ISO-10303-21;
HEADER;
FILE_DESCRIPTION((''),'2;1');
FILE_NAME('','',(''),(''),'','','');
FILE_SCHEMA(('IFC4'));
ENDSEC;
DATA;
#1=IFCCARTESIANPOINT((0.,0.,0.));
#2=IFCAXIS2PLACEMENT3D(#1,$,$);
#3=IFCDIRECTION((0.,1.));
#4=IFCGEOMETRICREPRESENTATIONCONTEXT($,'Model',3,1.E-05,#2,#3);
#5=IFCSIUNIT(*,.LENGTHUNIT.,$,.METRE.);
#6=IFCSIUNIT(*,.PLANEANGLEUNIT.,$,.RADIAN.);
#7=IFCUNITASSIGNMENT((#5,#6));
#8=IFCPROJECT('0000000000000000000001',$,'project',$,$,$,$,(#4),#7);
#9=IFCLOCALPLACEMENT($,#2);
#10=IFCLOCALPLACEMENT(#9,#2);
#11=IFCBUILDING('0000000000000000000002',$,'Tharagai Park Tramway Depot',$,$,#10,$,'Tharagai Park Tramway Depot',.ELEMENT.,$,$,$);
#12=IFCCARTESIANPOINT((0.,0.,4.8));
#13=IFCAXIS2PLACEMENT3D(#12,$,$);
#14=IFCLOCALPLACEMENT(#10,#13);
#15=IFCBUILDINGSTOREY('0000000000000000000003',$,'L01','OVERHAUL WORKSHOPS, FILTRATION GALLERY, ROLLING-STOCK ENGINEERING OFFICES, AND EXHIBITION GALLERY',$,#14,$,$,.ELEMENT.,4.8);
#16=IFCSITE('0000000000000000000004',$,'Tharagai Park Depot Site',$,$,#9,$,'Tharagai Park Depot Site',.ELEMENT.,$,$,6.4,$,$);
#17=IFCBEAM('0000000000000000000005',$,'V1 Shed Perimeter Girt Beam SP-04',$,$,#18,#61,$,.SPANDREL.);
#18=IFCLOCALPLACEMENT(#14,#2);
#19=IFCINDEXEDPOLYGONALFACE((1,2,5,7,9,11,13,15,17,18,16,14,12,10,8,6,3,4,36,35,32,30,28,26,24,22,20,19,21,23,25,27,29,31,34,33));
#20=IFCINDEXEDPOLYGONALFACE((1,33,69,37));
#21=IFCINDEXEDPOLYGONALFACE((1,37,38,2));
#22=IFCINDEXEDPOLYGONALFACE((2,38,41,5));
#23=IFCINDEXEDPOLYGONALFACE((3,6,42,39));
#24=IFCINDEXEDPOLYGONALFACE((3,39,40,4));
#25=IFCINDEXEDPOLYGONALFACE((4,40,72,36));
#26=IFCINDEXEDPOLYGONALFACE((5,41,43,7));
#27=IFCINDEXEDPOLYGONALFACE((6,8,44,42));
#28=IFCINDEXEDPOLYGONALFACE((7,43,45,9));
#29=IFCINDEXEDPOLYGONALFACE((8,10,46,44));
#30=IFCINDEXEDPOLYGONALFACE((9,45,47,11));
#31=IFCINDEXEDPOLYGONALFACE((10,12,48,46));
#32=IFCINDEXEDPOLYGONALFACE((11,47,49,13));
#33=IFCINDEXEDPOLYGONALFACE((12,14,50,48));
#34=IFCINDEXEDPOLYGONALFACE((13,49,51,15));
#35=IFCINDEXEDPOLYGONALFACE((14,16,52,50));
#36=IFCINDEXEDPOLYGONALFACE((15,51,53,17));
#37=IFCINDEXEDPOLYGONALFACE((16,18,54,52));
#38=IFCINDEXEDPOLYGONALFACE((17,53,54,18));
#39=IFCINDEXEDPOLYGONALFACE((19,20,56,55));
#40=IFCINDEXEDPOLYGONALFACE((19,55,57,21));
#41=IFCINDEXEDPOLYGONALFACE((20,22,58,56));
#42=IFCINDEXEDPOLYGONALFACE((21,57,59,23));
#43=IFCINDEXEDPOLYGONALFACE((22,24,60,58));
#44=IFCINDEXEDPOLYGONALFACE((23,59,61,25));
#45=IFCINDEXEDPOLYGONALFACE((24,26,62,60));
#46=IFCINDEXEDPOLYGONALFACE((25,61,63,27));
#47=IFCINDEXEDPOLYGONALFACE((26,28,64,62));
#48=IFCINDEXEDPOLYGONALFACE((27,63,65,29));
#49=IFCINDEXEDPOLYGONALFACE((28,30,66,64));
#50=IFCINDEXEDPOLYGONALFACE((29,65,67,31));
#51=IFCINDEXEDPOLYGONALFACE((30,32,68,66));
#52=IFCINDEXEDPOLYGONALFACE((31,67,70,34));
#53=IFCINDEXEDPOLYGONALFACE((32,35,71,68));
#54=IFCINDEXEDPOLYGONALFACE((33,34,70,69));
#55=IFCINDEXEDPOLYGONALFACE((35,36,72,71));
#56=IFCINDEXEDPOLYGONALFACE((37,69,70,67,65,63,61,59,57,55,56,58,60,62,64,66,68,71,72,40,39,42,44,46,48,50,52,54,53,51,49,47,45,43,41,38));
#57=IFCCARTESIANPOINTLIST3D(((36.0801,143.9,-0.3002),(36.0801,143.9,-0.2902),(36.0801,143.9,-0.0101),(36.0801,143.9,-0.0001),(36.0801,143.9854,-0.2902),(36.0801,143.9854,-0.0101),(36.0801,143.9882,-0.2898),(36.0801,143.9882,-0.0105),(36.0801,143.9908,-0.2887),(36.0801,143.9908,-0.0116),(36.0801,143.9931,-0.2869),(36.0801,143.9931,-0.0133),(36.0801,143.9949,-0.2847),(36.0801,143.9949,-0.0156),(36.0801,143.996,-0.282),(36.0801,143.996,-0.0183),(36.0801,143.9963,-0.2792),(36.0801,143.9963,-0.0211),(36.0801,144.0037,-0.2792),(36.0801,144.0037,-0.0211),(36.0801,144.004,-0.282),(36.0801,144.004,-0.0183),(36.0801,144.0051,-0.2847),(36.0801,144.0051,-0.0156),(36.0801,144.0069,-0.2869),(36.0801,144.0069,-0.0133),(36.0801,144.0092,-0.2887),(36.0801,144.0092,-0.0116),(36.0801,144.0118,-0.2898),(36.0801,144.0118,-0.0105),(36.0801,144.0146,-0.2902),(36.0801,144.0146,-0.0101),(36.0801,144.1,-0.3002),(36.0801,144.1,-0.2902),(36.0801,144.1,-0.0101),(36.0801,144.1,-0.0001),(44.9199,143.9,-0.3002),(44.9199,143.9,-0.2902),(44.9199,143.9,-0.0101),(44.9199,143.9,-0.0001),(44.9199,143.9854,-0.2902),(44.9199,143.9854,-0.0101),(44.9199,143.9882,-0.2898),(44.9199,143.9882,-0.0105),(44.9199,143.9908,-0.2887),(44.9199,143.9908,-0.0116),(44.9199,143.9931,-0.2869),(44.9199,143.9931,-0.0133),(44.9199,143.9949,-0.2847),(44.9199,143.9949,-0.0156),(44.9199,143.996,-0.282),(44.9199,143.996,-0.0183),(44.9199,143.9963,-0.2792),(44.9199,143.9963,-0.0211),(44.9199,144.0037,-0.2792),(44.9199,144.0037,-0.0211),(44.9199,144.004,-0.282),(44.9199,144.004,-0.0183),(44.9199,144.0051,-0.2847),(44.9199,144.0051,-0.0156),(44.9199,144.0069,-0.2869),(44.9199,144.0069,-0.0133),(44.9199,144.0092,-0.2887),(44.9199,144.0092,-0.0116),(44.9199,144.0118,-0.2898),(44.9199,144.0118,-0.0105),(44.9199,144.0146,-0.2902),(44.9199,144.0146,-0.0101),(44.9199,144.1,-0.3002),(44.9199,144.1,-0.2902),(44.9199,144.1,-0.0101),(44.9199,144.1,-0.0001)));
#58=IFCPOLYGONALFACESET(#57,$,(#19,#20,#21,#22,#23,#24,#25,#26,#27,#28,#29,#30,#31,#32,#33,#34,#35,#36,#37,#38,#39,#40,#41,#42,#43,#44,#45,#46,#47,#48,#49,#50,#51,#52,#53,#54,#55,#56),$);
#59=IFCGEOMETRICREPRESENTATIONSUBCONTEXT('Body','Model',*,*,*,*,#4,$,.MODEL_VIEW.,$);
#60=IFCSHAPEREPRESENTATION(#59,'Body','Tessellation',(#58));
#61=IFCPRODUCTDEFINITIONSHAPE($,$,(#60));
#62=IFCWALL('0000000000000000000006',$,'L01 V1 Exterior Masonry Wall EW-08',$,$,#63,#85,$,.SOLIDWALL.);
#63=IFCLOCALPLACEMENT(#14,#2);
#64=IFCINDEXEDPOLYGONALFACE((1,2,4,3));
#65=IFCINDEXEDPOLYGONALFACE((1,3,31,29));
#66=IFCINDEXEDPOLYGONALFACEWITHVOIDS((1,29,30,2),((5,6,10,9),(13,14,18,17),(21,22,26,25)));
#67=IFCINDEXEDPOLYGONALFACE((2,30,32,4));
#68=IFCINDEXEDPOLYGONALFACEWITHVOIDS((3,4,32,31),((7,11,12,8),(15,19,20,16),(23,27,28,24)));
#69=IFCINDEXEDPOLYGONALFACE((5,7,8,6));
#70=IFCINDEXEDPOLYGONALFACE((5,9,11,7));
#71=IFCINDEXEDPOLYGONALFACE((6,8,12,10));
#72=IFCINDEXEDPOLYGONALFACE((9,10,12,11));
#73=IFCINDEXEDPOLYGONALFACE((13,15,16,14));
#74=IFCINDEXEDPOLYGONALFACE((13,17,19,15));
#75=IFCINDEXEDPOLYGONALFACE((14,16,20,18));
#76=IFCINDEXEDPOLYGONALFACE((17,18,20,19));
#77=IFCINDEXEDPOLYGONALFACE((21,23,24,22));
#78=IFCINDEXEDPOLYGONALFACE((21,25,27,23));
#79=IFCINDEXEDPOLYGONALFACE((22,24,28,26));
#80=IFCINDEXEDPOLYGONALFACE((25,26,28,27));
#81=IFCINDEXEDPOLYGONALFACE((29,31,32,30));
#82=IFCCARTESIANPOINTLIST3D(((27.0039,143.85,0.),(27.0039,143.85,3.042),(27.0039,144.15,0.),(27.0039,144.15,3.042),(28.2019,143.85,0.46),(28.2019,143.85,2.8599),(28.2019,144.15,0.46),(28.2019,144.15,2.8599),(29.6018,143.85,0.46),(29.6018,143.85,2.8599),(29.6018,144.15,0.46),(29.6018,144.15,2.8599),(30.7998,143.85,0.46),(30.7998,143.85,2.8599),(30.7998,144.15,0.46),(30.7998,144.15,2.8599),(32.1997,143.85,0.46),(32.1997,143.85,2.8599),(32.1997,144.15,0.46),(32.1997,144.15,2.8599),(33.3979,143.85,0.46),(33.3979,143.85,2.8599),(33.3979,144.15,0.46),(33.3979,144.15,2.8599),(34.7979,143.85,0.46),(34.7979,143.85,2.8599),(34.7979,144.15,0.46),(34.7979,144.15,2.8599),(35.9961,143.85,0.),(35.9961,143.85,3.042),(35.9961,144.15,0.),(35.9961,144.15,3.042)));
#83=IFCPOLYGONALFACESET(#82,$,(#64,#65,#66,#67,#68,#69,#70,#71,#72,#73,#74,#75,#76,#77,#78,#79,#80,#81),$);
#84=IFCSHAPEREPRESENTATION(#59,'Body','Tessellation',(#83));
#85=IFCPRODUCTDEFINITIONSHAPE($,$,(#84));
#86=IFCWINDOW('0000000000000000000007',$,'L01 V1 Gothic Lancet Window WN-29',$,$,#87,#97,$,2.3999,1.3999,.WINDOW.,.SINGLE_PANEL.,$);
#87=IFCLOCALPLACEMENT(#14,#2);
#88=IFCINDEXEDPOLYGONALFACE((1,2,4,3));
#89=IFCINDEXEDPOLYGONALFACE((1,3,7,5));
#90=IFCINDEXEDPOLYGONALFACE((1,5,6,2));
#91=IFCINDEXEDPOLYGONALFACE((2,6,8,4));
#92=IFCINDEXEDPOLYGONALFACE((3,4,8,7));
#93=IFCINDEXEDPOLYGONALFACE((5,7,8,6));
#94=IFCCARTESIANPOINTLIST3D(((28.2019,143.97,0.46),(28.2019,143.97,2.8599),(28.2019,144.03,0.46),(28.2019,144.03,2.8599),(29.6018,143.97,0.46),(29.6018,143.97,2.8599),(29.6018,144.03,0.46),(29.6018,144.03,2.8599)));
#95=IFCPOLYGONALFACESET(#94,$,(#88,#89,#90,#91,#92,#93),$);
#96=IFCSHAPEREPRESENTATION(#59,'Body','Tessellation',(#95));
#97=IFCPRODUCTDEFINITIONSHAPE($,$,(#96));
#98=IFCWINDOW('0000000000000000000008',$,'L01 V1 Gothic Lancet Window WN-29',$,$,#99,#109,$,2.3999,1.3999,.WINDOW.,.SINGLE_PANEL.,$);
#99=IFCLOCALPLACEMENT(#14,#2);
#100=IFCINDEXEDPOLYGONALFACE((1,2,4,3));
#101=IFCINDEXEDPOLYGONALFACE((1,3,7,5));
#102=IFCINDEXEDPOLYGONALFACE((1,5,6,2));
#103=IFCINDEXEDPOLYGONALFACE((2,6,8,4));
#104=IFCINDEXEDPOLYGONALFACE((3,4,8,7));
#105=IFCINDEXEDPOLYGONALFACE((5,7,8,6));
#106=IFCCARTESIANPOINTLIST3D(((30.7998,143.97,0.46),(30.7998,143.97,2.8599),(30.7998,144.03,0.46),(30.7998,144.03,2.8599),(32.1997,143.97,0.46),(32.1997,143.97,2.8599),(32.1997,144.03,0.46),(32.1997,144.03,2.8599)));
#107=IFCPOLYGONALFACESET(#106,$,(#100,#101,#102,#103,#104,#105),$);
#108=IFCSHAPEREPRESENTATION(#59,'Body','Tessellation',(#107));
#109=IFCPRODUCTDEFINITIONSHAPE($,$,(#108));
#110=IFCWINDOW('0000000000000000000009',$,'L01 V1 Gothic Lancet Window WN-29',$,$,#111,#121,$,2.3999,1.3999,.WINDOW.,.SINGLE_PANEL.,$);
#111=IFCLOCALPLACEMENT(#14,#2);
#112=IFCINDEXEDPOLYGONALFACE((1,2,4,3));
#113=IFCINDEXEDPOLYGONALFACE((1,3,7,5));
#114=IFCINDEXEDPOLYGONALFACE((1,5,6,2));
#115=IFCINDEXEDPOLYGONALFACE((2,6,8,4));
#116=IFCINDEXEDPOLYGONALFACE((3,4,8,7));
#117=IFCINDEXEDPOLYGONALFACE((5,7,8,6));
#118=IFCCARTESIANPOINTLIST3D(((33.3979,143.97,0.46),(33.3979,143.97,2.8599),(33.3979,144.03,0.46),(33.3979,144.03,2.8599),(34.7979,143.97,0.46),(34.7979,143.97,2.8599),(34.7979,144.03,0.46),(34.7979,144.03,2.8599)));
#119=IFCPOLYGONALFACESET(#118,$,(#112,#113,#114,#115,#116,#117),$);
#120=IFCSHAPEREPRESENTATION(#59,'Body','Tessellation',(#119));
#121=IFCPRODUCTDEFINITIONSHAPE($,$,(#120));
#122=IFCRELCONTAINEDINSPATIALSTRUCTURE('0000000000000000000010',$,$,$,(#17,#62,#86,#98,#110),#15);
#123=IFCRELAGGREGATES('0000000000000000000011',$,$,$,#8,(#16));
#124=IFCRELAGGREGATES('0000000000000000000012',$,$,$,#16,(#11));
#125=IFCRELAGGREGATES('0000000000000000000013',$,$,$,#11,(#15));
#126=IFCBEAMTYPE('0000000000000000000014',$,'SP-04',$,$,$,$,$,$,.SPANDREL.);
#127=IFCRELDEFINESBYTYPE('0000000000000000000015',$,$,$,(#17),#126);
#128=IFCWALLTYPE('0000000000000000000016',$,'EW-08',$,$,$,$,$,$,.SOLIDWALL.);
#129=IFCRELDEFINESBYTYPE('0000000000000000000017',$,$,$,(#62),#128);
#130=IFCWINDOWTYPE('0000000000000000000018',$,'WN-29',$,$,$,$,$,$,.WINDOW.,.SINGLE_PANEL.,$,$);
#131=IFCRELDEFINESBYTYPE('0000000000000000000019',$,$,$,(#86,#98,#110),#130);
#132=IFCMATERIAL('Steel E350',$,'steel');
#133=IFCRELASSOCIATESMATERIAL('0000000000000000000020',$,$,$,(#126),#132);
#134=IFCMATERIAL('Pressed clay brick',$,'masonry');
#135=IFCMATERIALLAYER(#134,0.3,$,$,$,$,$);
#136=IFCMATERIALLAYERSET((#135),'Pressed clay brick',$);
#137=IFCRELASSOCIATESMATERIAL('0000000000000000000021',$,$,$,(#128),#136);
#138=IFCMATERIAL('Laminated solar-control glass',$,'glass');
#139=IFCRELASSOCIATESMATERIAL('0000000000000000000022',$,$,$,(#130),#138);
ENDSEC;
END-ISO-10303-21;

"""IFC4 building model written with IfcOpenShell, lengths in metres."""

from ifc_helpers import new_model, si_unit, direction, frame, frame_2d, origin, origin_2d, place, context, subcontext, project, spatial, rectangle, i_section, extrude, material, layer, layer_set, material_profile, profile_set, type_object, element, fill, save


model = new_model("IFC4")

# Units and contexts
model_context = context("Model", 3, precision=1e-05, world=origin(), true_north=direction((0.0, 1.0)))
body_context = subcontext(model_context, "Body", "Model", "MODEL_VIEW")
ifc_project = project(units=[si_unit("LENGTHUNIT", "METRE"), si_unit("PLANEANGLEUNIT", "RADIAN")], contexts=[model_context])

# Site, building, storey
site_placement = place(None, origin())
site = spatial("IfcSite", under=ifc_project, at=site_placement, Name="Tharagai Park Depot Site", LongName="Tharagai Park Depot Site", CompositionType="ELEMENT", RefElevation=6.4)
building_placement = place(site_placement, origin())
building = spatial("IfcBuilding", under=site, at=building_placement, Name="Tharagai Park Tramway Depot", LongName="Tharagai Park Tramway Depot", CompositionType="ELEMENT")
storey_placement = place(building_placement, frame((0.0, 0.0, 4.8)))
storey = spatial("IfcBuildingStorey", under=building, at=storey_placement, Name="L01", Description="OVERHAUL WORKSHOPS, FILTRATION GALLERY, ROLLING-STOCK ENGINEERING OFFICES, AND EXHIBITION GALLERY", CompositionType="ELEMENT", Elevation=4.8)

# Shared definitions
ifc_material_1 = material(Name="Steel E350", Category="steel")

# Beam
ifc_material_profile_1 = material_profile(ifc_material_1, i_section(OverallWidth=0.2, OverallDepth=0.3, WebThickness=0.0073, FlangeThickness=0.01, FilletRadius=0.011, at=origin_2d()), Name="ISWB 300")
ifc_profile_set_1 = profile_set([ifc_material_profile_1], Name="Steel E350")
beam_type = type_object("IfcBeamType", Name="SP-04", PredefinedType="SPANDREL", material=ifc_profile_set_1)
for number, where, z_axis, x_axis, name in (
    (1, (36.0801, 144.0, -0.1501), (1.0, 0.0, 0.0), (0.0, 1.0, 0.0), "V1 Shed Perimeter Girt Beam SP-04"),
):
    element("IfcBeam", number, at=place(storey_placement, frame(where, z_axis=z_axis, x_axis=x_axis)), inside=storey, type_object=beam_type, Name=name, PredefinedType="SPANDREL", context=body_context, shape_type="SweptSolid", body=[
        extrude(i_section(OverallWidth=0.2, OverallDepth=0.3, WebThickness=0.0073, FlangeThickness=0.01, FilletRadius=0.011, at=origin_2d()), origin(), (0.0, 0.0, 1.0), 8.8398),
    ])

# Wall, openings, windows
ifc_material_2 = material(Name="Pressed clay brick", Category="masonry")
ifc_layer_1 = layer(ifc_material_2, 0.3)
ifc_layer_set_1 = layer_set([ifc_layer_1], Name="Pressed clay brick")
wall_type = type_object("IfcWallType", Name="EW-08", PredefinedType="SOLIDWALL", material=ifc_layer_set_1)
wall_1_placement = place(storey_placement, frame((27.0039, 144.0, 0.0), z_axis=(0.0, 0.0, 1.0), x_axis=(1.0, 0.0, 0.0)))
wall_1 = element("IfcWall", 2, at=wall_1_placement, inside=storey, type_object=wall_type, Name="L01 V1 Exterior Masonry Wall EW-08", PredefinedType="SOLIDWALL", context=body_context, shape_type="SweptSolid", body=[
    extrude(rectangle(XDim=8.9922, YDim=0.3, at=frame_2d((4.4961, 0.0))), origin(), (0.0, 0.0, 1.0), 3.042),
])
opening_1_placement = place(wall_1_placement, frame((1.198, 0.0, 0.46)))
opening_1 = element("IfcOpeningElement", 3, at=opening_1_placement, cuts=wall_1, PredefinedType="OPENING", context=body_context, shape_type="SweptSolid", body=[
    extrude(rectangle(XDim=1.3999, YDim=2.3999, at=frame_2d((0.7, 1.2))), frame((0.0, 0.1599, 0.0), z_axis=(0.0, -1.0, 0.0), x_axis=(1.0, 0.0, 0.0)), (0.0, 0.0, 1.0), 0.3201),
])
opening_2_placement = place(wall_1_placement, frame((3.7959, 0.0, 0.46)))
opening_2 = element("IfcOpeningElement", 4, at=opening_2_placement, cuts=wall_1, PredefinedType="OPENING", context=body_context, shape_type="SweptSolid", body=[
    extrude(rectangle(XDim=1.3999, YDim=2.3999, at=frame_2d((0.7, 1.2))), frame((0.0, 0.1599, 0.0), z_axis=(0.0, -1.0, 0.0), x_axis=(1.0, 0.0, 0.0)), (0.0, 0.0, 1.0), 0.3201),
])
opening_3_placement = place(wall_1_placement, frame((6.394, 0.0, 0.46)))
opening_3 = element("IfcOpeningElement", 5, at=opening_3_placement, cuts=wall_1, PredefinedType="OPENING", context=body_context, shape_type="SweptSolid", body=[
    extrude(rectangle(XDim=1.3999, YDim=2.3999, at=frame_2d((0.7, 1.2))), frame((0.0, 0.1599, 0.0), z_axis=(0.0, -1.0, 0.0), x_axis=(1.0, 0.0, 0.0)), (0.0, 0.0, 1.0), 0.3201),
])
ifc_material_3 = material(Name="Laminated solar-control glass", Category="glass")
window_type_1 = type_object("IfcWindowType", Name="WN-29", PartitioningType="SINGLE_PANEL", PredefinedType="WINDOW", material=ifc_material_3)
window_1_placement = place(opening_1_placement, origin())
window_1 = element("IfcWindow", 6, at=window_1_placement, inside=storey, type_object=window_type_1, Name="L01 V1 Gothic Lancet Window WN-29", OverallHeight=2.3999, OverallWidth=1.3999, PartitioningType="SINGLE_PANEL", PredefinedType="WINDOW", context=body_context, shape_type="SweptSolid", body=[
    extrude(rectangle(XDim=1.3999, YDim=2.3999, at=frame_2d((0.7, 1.2))), frame((0.0, 0.03, 0.0), z_axis=(0.0, -1.0, 0.0), x_axis=(1.0, 0.0, 0.0)), (0.0, 0.0, 1.0), 0.0601),
])
fill(opening_1, window_1)
window_2_placement = place(opening_2_placement, origin())
window_2 = element("IfcWindow", 7, at=window_2_placement, inside=storey, type_object=window_type_1, Name="L01 V1 Gothic Lancet Window WN-29", OverallHeight=2.3999, OverallWidth=1.3999, PartitioningType="SINGLE_PANEL", PredefinedType="WINDOW", context=body_context, shape_type="SweptSolid", body=[
    extrude(rectangle(XDim=1.3999, YDim=2.3999, at=frame_2d((0.7, 1.2))), frame((0.0, 0.03, 0.0), z_axis=(0.0, -1.0, 0.0), x_axis=(1.0, 0.0, 0.0)), (0.0, 0.0, 1.0), 0.0601),
])
fill(opening_2, window_2)
window_3_placement = place(opening_3_placement, origin())
window_3 = element("IfcWindow", 8, at=window_3_placement, inside=storey, type_object=window_type_1, Name="L01 V1 Gothic Lancet Window WN-29", OverallHeight=2.3999, OverallWidth=1.3999, PartitioningType="SINGLE_PANEL", PredefinedType="WINDOW", context=body_context, shape_type="SweptSolid", body=[
    extrude(rectangle(XDim=1.3999, YDim=2.3999, at=frame_2d((0.7, 1.2))), frame((0.0, 0.03, 0.0), z_axis=(0.0, -1.0, 0.0), x_axis=(1.0, 0.0, 0.0)), (0.0, 0.0, 1.0), 0.0601),
])
fill(opening_3, window_3)

save(model, "model.ifc")
